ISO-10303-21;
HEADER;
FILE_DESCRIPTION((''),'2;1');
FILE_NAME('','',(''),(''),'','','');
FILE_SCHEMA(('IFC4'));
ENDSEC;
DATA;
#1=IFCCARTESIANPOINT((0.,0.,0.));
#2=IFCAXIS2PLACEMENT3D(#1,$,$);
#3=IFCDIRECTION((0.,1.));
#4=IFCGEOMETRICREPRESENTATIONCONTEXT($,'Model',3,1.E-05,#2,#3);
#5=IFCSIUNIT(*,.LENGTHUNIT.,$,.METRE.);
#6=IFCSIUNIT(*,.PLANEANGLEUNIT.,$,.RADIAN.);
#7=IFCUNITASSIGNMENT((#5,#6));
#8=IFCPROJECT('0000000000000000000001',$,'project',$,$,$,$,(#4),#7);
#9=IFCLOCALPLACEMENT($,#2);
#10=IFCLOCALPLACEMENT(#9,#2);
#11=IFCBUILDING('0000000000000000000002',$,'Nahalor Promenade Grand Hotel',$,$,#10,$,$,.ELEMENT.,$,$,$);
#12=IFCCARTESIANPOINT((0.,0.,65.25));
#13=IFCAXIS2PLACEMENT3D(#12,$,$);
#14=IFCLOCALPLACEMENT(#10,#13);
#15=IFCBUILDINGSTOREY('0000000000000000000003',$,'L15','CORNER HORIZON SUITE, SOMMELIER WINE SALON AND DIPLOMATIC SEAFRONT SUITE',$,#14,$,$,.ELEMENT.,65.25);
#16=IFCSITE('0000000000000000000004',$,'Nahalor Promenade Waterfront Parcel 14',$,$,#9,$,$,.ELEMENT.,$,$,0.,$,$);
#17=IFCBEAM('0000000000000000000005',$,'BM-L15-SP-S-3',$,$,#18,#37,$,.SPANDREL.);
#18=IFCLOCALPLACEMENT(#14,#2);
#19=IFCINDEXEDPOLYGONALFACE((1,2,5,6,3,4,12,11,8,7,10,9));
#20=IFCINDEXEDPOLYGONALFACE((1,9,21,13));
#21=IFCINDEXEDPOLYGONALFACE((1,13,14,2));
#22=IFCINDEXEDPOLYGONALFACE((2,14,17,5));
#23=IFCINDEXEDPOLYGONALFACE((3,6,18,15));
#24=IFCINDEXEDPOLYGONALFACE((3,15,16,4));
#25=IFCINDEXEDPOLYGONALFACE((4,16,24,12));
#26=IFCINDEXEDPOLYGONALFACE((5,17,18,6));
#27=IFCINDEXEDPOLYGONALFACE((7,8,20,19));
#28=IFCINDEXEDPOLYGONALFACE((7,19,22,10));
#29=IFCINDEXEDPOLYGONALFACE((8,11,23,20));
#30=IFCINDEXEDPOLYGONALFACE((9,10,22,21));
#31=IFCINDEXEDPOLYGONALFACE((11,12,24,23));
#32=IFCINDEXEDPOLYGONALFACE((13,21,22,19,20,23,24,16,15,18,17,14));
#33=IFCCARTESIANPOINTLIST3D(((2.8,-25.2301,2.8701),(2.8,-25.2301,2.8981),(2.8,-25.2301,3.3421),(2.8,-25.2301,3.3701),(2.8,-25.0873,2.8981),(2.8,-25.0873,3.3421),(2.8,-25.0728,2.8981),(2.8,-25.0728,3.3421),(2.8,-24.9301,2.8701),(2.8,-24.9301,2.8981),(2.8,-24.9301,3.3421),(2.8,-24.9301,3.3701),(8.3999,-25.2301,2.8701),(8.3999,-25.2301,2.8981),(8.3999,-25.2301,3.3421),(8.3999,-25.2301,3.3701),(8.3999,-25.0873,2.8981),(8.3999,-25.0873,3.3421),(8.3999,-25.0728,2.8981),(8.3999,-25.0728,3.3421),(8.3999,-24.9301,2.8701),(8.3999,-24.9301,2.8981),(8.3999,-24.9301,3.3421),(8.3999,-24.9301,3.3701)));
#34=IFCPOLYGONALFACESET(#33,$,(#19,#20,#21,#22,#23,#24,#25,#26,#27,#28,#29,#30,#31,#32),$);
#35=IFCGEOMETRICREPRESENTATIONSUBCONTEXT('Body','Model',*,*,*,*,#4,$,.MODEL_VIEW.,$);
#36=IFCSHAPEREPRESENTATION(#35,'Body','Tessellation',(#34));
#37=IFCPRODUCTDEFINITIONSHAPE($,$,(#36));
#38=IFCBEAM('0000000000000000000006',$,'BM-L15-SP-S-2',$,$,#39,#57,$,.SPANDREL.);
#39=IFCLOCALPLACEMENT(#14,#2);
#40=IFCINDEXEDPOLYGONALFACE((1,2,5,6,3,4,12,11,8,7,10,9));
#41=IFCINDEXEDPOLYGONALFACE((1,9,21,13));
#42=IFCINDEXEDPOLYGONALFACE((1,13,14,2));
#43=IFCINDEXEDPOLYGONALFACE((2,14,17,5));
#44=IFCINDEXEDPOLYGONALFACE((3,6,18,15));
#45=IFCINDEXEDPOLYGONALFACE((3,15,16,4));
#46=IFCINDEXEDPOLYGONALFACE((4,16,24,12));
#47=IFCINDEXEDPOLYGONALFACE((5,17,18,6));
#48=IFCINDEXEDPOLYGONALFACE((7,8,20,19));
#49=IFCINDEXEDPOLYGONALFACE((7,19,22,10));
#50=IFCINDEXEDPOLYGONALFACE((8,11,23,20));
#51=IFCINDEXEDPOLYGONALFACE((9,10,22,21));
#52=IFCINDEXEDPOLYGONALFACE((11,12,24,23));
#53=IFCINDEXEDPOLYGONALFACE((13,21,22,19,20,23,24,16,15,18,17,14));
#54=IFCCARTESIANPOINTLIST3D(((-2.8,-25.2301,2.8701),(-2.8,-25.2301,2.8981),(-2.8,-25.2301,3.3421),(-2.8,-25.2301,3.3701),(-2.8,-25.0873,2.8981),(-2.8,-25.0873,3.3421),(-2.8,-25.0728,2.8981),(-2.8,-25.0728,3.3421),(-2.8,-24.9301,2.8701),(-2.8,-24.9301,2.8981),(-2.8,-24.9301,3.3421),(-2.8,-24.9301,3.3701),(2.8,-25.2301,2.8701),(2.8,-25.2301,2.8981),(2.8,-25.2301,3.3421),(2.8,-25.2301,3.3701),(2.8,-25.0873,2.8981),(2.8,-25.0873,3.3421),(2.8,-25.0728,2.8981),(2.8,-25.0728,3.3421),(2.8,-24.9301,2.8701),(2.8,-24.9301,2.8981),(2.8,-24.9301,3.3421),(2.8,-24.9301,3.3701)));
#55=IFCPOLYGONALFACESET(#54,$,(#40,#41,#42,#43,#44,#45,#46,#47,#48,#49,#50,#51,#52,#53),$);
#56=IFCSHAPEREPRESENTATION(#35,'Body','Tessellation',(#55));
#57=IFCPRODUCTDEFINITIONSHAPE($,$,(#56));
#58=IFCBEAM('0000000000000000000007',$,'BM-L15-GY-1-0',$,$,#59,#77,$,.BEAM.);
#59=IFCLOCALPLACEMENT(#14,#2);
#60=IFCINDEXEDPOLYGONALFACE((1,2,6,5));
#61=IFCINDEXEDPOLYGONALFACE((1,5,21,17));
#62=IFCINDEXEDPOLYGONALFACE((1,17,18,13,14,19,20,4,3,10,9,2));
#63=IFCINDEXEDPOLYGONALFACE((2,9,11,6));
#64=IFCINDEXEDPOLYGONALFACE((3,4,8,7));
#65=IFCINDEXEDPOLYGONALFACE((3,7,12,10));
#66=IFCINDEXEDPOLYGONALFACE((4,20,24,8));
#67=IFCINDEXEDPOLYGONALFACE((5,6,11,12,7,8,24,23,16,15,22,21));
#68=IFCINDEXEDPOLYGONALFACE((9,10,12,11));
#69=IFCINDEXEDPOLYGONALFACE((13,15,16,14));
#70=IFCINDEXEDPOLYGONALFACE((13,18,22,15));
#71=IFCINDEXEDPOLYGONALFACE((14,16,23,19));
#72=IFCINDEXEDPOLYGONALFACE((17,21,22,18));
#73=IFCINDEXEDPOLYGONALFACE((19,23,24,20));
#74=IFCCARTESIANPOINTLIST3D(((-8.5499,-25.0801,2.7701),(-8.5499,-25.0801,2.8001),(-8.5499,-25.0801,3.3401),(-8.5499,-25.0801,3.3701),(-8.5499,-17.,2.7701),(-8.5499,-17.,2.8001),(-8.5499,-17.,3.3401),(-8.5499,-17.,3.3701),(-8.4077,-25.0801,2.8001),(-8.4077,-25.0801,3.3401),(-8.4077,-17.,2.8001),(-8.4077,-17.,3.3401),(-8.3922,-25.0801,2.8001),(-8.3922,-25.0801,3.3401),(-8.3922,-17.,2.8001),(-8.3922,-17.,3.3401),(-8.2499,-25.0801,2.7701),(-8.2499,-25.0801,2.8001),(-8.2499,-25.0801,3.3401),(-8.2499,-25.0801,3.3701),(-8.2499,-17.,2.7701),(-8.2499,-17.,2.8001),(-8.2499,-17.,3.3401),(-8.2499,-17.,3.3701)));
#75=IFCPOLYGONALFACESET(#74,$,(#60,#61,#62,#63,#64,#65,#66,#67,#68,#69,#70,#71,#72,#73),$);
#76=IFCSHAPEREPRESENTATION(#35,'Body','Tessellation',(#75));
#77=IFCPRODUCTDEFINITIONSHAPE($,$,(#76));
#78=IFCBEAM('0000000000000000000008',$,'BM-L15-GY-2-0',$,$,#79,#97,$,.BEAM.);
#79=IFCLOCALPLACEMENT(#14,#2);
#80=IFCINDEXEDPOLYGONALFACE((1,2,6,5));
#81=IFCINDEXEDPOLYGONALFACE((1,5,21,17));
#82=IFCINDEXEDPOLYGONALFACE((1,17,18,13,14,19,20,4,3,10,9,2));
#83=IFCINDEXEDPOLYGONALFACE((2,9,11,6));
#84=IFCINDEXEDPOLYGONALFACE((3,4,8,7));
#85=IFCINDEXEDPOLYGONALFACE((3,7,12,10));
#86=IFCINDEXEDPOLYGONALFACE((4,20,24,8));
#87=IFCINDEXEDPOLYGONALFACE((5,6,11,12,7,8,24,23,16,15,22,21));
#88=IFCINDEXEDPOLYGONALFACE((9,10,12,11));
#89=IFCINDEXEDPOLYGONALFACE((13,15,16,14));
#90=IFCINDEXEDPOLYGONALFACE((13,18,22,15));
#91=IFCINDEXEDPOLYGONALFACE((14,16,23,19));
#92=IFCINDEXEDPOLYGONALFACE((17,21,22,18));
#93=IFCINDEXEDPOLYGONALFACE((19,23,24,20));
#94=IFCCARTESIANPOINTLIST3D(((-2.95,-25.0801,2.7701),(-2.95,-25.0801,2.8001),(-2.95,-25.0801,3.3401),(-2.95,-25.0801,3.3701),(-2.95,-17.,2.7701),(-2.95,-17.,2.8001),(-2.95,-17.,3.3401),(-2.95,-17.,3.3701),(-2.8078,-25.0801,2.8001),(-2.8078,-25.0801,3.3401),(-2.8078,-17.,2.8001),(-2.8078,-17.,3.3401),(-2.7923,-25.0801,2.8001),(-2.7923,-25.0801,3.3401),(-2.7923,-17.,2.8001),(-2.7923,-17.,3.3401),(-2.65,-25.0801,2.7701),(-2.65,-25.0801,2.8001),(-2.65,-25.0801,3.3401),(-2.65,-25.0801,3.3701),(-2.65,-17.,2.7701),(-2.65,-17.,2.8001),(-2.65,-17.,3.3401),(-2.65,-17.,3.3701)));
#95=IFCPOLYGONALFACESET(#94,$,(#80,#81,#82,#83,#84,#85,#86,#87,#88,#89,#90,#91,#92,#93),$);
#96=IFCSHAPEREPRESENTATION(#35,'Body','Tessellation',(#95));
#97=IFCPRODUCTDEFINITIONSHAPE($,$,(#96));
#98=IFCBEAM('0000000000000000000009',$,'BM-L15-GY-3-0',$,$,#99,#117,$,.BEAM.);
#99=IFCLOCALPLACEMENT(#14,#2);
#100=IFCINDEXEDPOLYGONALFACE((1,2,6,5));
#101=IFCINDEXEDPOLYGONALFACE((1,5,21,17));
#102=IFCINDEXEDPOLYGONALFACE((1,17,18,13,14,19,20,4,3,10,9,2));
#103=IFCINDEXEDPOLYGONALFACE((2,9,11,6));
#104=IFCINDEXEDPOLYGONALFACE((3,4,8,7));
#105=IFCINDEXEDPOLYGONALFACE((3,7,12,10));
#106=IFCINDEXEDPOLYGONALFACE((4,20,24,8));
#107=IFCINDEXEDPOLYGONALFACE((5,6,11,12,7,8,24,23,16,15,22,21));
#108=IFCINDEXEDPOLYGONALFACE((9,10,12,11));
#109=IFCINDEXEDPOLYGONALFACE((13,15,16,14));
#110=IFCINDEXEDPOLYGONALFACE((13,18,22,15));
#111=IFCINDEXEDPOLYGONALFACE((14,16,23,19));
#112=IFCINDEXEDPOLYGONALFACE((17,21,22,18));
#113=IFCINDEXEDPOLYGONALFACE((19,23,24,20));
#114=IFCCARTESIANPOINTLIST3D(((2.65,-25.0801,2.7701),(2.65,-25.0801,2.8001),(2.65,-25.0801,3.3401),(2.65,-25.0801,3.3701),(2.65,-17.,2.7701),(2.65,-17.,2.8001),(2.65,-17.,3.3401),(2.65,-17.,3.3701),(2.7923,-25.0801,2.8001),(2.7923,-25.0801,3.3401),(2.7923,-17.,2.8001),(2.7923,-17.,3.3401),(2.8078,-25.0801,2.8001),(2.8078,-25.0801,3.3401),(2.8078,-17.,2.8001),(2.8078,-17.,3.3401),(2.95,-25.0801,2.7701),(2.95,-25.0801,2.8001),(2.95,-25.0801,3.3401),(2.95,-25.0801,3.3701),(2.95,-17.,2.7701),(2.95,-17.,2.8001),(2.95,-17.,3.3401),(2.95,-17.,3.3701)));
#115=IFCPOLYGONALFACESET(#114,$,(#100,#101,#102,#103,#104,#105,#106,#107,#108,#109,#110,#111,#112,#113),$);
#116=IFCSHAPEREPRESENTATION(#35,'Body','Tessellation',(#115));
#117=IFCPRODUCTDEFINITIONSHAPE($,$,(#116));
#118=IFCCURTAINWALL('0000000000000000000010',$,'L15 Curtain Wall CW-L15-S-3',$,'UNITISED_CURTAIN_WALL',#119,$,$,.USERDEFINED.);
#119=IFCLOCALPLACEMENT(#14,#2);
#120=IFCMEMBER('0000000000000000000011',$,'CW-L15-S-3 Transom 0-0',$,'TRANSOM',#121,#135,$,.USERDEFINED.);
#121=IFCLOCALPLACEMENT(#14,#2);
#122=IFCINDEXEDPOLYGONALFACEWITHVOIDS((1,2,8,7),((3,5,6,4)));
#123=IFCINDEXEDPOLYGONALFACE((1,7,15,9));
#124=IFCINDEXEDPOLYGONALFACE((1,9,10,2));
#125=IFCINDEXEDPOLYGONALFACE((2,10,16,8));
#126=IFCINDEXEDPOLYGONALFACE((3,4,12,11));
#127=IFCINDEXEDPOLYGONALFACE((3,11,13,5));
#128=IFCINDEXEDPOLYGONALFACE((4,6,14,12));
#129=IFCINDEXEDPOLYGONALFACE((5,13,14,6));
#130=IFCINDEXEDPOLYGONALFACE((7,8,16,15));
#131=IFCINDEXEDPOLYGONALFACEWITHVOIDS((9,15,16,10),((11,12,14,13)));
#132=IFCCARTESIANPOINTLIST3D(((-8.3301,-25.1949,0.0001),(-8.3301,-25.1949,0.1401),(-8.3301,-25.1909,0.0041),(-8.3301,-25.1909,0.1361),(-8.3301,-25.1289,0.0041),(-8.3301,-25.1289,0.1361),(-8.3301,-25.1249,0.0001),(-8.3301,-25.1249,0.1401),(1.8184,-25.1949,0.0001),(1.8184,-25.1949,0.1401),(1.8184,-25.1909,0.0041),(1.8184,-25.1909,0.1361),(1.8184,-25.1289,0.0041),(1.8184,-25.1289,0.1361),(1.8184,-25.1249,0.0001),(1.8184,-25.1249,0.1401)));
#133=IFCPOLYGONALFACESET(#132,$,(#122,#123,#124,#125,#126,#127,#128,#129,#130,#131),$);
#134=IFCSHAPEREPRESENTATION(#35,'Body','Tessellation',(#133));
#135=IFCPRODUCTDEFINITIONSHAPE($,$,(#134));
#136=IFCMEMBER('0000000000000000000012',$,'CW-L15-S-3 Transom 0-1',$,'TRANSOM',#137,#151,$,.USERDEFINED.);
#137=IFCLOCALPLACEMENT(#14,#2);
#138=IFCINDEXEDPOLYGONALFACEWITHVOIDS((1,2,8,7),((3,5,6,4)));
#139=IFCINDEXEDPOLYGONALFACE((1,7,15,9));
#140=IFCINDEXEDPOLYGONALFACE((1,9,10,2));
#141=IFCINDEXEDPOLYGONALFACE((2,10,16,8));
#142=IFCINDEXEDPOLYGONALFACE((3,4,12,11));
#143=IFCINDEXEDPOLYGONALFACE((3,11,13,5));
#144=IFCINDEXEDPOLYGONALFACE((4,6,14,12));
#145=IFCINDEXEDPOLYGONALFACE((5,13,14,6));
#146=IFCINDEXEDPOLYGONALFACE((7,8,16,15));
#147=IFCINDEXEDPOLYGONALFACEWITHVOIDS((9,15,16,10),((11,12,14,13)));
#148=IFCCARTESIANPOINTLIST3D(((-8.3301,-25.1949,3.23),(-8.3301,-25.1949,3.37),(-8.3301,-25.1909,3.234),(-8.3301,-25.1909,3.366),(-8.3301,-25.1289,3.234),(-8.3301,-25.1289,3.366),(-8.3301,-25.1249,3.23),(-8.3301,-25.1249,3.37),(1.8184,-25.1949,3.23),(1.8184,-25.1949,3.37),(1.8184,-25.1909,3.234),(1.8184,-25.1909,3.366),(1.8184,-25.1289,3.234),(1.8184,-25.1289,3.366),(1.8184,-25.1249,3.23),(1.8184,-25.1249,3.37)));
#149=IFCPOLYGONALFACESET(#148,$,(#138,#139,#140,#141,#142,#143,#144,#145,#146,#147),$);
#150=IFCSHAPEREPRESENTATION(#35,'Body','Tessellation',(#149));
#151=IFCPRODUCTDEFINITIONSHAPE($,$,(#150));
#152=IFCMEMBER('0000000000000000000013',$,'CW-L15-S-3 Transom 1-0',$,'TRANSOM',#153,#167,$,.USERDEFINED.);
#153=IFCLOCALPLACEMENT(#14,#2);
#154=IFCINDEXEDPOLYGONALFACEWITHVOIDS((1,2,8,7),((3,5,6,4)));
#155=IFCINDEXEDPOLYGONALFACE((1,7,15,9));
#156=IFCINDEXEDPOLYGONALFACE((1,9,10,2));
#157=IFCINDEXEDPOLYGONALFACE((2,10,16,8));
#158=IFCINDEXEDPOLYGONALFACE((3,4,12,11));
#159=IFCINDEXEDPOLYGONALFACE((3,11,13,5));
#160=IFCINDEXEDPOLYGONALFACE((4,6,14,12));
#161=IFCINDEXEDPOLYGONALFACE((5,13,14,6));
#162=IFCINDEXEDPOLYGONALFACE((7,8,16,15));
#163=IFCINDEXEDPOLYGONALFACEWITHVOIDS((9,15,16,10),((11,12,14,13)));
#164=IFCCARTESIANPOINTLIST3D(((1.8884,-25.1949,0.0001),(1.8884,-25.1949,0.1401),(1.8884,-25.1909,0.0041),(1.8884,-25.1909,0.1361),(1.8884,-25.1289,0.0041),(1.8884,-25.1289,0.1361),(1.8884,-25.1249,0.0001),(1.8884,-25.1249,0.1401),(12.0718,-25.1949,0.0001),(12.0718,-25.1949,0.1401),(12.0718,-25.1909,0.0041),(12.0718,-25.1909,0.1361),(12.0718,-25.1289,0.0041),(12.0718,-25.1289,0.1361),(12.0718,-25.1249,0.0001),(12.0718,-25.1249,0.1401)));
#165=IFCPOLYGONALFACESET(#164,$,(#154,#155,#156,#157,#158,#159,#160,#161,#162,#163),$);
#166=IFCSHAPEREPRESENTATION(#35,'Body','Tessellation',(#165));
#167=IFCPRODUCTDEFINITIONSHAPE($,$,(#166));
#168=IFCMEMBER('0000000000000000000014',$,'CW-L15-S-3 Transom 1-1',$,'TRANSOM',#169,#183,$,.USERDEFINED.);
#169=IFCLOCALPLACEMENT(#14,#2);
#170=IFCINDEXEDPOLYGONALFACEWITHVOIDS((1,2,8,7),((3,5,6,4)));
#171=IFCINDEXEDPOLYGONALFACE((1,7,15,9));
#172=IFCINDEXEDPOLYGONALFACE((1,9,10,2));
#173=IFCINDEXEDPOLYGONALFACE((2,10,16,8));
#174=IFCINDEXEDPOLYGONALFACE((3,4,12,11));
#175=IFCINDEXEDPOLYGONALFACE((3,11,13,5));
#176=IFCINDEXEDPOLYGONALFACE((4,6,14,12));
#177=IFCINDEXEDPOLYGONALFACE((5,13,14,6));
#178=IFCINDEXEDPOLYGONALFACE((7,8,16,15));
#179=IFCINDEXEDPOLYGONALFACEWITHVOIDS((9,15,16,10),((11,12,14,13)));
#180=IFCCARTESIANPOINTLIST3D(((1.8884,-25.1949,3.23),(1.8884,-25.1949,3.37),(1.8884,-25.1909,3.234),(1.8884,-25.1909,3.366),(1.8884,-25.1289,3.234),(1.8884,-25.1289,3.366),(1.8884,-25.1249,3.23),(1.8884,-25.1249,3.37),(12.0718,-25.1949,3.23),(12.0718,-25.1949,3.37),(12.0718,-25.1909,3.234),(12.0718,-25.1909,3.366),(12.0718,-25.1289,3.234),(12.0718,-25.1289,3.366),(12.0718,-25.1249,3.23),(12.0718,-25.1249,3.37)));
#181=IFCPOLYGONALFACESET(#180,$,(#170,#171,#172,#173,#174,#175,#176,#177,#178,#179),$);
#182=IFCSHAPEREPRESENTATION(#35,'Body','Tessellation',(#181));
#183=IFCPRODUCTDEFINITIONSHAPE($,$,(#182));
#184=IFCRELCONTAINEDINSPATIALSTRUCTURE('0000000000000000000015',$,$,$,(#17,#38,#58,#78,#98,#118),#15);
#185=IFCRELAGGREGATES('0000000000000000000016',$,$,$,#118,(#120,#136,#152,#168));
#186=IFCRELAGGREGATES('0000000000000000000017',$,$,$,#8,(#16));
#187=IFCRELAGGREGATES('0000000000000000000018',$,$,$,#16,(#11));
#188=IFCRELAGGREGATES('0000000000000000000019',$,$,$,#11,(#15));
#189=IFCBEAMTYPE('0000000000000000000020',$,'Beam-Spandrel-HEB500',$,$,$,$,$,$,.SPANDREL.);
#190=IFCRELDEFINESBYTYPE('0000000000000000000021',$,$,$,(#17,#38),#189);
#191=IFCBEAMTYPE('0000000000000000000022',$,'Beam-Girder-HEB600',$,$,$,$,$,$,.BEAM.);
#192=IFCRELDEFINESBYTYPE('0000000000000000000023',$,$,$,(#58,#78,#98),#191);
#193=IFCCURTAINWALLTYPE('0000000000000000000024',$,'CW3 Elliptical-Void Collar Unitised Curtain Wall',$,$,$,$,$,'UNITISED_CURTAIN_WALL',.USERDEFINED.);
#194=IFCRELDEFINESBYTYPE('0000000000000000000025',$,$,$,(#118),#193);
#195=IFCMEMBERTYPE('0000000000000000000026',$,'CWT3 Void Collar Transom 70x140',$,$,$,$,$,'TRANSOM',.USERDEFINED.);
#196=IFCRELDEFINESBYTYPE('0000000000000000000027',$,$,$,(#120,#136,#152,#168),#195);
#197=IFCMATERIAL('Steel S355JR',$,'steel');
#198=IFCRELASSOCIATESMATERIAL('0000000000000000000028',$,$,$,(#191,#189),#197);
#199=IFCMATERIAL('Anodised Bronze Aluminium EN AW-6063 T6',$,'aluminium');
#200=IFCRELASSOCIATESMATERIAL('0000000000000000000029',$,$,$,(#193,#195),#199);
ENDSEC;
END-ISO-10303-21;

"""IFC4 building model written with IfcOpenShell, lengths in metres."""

from ifc_helpers import new_model, si_unit, direction, frame, origin, origin_2d, place, context, subcontext, project, spatial, hollow_rectangle, i_section, extrude, source, transform, mapped, material, material_profile, profile_set, type_object, element, aggregate, save


model = new_model("IFC4")

# Units and contexts
model_context = context("Model", 3, precision=1e-05, world=origin(), true_north=direction((0.0, 1.0)))
body_context = subcontext(model_context, "Body", "Model", "MODEL_VIEW")
ifc_project = project(units=[si_unit("LENGTHUNIT", "METRE"), si_unit("PLANEANGLEUNIT", "RADIAN")], contexts=[model_context])

# Site, building, storey
site_placement = place(None, origin())
site = spatial("IfcSite", under=ifc_project, at=site_placement, Name="Nahalor Promenade Waterfront Parcel 14", CompositionType="ELEMENT", RefElevation=0.0)
building_placement = place(site_placement, origin())
building = spatial("IfcBuilding", under=site, at=building_placement, Name="Nahalor Promenade Grand Hotel", CompositionType="ELEMENT")
storey_placement = place(building_placement, frame((0.0, 0.0, 65.25)))
storey = spatial("IfcBuildingStorey", under=building, at=storey_placement, Name="L15", Description="CORNER HORIZON SUITE, SOMMELIER WINE SALON AND DIPLOMATIC SEAFRONT SUITE", CompositionType="ELEMENT", Elevation=65.25)

# Beams
ifc_material_1 = material(Name="Steel S355JR", Category="steel")
ifc_material_profile_1 = material_profile(ifc_material_1, i_section(OverallWidth=0.3, OverallDepth=0.6, WebThickness=0.0155, FlangeThickness=0.03, at=origin_2d()), Name="HEB 600")
ifc_profile_set_1 = profile_set([ifc_material_profile_1], Name="Steel S355JR")
beam_type_1 = type_object("IfcBeamType", Name="Beam-Girder-HEB600", PredefinedType="BEAM", material=ifc_profile_set_1)
ifc_material_profile_2 = material_profile(ifc_material_1, i_section(OverallWidth=0.3, OverallDepth=0.5, WebThickness=0.0145, FlangeThickness=0.028, at=origin_2d()), Name="HEB 500")
ifc_profile_set_2 = profile_set([ifc_material_profile_2], Name="Steel S355JR")
beam_type_2 = type_object("IfcBeamType", Name="Beam-Spandrel-HEB500", PredefinedType="SPANDREL", material=ifc_profile_set_2)
shared_shape_1 = source(origin(), body_context, "Body", "SweptSolid", [
    extrude(i_section(OverallWidth=0.3, OverallDepth=0.5, WebThickness=0.0145, FlangeThickness=0.028, at=origin_2d()), origin(), (0.0, 0.0, 1.0), 5.5999),
])
for number, where, z_axis, x_axis, name in (
    (1, (2.8, -25.0801, 3.1201), (1.0, 0.0, 0.0), (0.0, 1.0, 0.0), "BM-L15-SP-S-3"),
):
    element("IfcBeam", number, at=place(storey_placement, frame(where, z_axis=z_axis, x_axis=x_axis)), inside=storey, type_object=beam_type_2, Name=name, PredefinedType="SPANDREL", context=body_context, shape_type="MappedRepresentation", body=[
        mapped(shared_shape_1, transform((0.0, 0.0, 0.0), scale=1.0)),
    ])
shared_shape_2 = source(origin(), body_context, "Body", "SweptSolid", [
    extrude(i_section(OverallWidth=0.3, OverallDepth=0.5, WebThickness=0.0145, FlangeThickness=0.028, at=origin_2d()), origin(), (0.0, 0.0, 1.0), 5.6001),
])
beam_1_placement = place(storey_placement, frame((-2.8, -25.0801, 3.1201), z_axis=(1.0, 0.0, 0.0), x_axis=(0.0, 1.0, 0.0)))
element("IfcBeam", 2, at=beam_1_placement, inside=storey, type_object=beam_type_2, Name="BM-L15-SP-S-2", PredefinedType="SPANDREL", context=body_context, shape_type="MappedRepresentation", body=[
    mapped(shared_shape_2, transform((0.0, 0.0, 0.0), scale=1.0)),
])
shared_shape_3 = source(origin(), body_context, "Body", "SweptSolid", [
    extrude(i_section(OverallWidth=0.3, OverallDepth=0.6, WebThickness=0.0155, FlangeThickness=0.03, at=origin_2d()), origin(), (0.0, 0.0, 1.0), 8.0801),
])
for number, where, z_axis, x_axis, name in (
    (3, (-8.3999, -25.0801, 3.0701), (0.0, 1.0, 0.0), (-1.0, 0.0, 0.0), "BM-L15-GY-1-0"),
    (4, (-2.8, -25.0801, 3.0701), (0.0, 1.0, 0.0), (-1.0, 0.0, 0.0), "BM-L15-GY-2-0"),
    (5, (2.8, -25.0801, 3.0701), (0.0, 1.0, 0.0), (-1.0, 0.0, 0.0), "BM-L15-GY-3-0"),
):
    element("IfcBeam", number, at=place(storey_placement, frame(where, z_axis=z_axis, x_axis=x_axis)), inside=storey, type_object=beam_type_1, Name=name, PredefinedType="BEAM", context=body_context, shape_type="MappedRepresentation", body=[
        mapped(shared_shape_3, transform((0.0, 0.0, 0.0), scale=1.0)),
    ])

# Curtain wall, members
ifc_material_2 = material(Name="Anodised Bronze Aluminium EN AW-6063 T6", Category="aluminium")
curtain_wall_type = type_object("IfcCurtainWallType", Name="CW3 Elliptical-Void Collar Unitised Curtain Wall", ElementType="UNITISED_CURTAIN_WALL", PredefinedType="USERDEFINED", material=ifc_material_2)
curtain_wall_placement = place(storey_placement, origin())
curtain_wall = element("IfcCurtainWall", 6, at=curtain_wall_placement, inside=storey, type_object=curtain_wall_type, Name="L15 Curtain Wall CW-L15-S-3", ObjectType="UNITISED_CURTAIN_WALL", PredefinedType="USERDEFINED")
ifc_material_profile_3 = material_profile(ifc_material_2, hollow_rectangle(XDim=0.07, YDim=0.14, WallThickness=0.004, at=origin_2d()), Name="CWT 70x140x4")
ifc_profile_set_3 = profile_set([ifc_material_profile_3], Name="Anodised Bronze Aluminium EN AW-6063 T6")
member_type_1 = type_object("IfcMemberType", Name="CWT3 Void Collar Transom 70x140", ElementType="TRANSOM", PredefinedType="USERDEFINED", material=ifc_profile_set_3)
shared_shape_4 = source(origin(), body_context, "Body", "SweptSolid", [
    extrude(hollow_rectangle(XDim=0.07, YDim=0.14, WallThickness=0.004, at=origin_2d()), origin(), (0.0, 0.0, 1.0), 10.1484),
])
member_1_placement = place(storey_placement, frame((-8.3301, -25.1599, 0.0701), z_axis=(1.0, 0.0, 0.0), x_axis=(0.0, 1.0, 0.0)))
member_1 = element("IfcMember", 7, at=member_1_placement, type_object=member_type_1, Name="CW-L15-S-3 Transom 0-0", ObjectType="TRANSOM", PredefinedType="USERDEFINED", context=body_context, shape_type="MappedRepresentation", body=[
    mapped(shared_shape_4, transform((0.0, 0.0, 0.0), scale=1.0)),
])
member_2_placement = place(storey_placement, frame((-8.3301, -25.1599, 3.3), z_axis=(1.0, 0.0, 0.0), x_axis=(0.0, 1.0, 0.0)))
member_2 = element("IfcMember", 8, at=member_2_placement, type_object=member_type_1, Name="CW-L15-S-3 Transom 0-1", ObjectType="TRANSOM", PredefinedType="USERDEFINED", context=body_context, shape_type="MappedRepresentation", body=[
    mapped(shared_shape_4, transform((0.0, 0.0, 0.0), scale=1.0)),
])
shared_shape_5 = source(origin(), body_context, "Body", "SweptSolid", [
    extrude(hollow_rectangle(XDim=0.07, YDim=0.14, WallThickness=0.004, at=origin_2d()), origin(), (0.0, 0.0, 1.0), 10.1833),
])
member_3_placement = place(storey_placement, frame((1.8884, -25.1599, 0.0701), z_axis=(1.0, 0.0, 0.0), x_axis=(0.0, 1.0, 0.0)))
member_3 = element("IfcMember", 9, at=member_3_placement, type_object=member_type_1, Name="CW-L15-S-3 Transom 1-0", ObjectType="TRANSOM", PredefinedType="USERDEFINED", context=body_context, shape_type="MappedRepresentation", body=[
    mapped(shared_shape_5, transform((0.0, 0.0, 0.0), scale=1.0)),
])
member_4_placement = place(storey_placement, frame((1.8884, -25.1599, 3.3), z_axis=(1.0, 0.0, 0.0), x_axis=(0.0, 1.0, 0.0)))
member_4 = element("IfcMember", 10, at=member_4_placement, type_object=member_type_1, Name="CW-L15-S-3 Transom 1-1", ObjectType="TRANSOM", PredefinedType="USERDEFINED", context=body_context, shape_type="MappedRepresentation", body=[
    mapped(shared_shape_5, transform((0.0, 0.0, 0.0), scale=1.0)),
])
aggregate(curtain_wall, [member_1, member_2, member_3, member_4])

save(model, "model.ifc")
